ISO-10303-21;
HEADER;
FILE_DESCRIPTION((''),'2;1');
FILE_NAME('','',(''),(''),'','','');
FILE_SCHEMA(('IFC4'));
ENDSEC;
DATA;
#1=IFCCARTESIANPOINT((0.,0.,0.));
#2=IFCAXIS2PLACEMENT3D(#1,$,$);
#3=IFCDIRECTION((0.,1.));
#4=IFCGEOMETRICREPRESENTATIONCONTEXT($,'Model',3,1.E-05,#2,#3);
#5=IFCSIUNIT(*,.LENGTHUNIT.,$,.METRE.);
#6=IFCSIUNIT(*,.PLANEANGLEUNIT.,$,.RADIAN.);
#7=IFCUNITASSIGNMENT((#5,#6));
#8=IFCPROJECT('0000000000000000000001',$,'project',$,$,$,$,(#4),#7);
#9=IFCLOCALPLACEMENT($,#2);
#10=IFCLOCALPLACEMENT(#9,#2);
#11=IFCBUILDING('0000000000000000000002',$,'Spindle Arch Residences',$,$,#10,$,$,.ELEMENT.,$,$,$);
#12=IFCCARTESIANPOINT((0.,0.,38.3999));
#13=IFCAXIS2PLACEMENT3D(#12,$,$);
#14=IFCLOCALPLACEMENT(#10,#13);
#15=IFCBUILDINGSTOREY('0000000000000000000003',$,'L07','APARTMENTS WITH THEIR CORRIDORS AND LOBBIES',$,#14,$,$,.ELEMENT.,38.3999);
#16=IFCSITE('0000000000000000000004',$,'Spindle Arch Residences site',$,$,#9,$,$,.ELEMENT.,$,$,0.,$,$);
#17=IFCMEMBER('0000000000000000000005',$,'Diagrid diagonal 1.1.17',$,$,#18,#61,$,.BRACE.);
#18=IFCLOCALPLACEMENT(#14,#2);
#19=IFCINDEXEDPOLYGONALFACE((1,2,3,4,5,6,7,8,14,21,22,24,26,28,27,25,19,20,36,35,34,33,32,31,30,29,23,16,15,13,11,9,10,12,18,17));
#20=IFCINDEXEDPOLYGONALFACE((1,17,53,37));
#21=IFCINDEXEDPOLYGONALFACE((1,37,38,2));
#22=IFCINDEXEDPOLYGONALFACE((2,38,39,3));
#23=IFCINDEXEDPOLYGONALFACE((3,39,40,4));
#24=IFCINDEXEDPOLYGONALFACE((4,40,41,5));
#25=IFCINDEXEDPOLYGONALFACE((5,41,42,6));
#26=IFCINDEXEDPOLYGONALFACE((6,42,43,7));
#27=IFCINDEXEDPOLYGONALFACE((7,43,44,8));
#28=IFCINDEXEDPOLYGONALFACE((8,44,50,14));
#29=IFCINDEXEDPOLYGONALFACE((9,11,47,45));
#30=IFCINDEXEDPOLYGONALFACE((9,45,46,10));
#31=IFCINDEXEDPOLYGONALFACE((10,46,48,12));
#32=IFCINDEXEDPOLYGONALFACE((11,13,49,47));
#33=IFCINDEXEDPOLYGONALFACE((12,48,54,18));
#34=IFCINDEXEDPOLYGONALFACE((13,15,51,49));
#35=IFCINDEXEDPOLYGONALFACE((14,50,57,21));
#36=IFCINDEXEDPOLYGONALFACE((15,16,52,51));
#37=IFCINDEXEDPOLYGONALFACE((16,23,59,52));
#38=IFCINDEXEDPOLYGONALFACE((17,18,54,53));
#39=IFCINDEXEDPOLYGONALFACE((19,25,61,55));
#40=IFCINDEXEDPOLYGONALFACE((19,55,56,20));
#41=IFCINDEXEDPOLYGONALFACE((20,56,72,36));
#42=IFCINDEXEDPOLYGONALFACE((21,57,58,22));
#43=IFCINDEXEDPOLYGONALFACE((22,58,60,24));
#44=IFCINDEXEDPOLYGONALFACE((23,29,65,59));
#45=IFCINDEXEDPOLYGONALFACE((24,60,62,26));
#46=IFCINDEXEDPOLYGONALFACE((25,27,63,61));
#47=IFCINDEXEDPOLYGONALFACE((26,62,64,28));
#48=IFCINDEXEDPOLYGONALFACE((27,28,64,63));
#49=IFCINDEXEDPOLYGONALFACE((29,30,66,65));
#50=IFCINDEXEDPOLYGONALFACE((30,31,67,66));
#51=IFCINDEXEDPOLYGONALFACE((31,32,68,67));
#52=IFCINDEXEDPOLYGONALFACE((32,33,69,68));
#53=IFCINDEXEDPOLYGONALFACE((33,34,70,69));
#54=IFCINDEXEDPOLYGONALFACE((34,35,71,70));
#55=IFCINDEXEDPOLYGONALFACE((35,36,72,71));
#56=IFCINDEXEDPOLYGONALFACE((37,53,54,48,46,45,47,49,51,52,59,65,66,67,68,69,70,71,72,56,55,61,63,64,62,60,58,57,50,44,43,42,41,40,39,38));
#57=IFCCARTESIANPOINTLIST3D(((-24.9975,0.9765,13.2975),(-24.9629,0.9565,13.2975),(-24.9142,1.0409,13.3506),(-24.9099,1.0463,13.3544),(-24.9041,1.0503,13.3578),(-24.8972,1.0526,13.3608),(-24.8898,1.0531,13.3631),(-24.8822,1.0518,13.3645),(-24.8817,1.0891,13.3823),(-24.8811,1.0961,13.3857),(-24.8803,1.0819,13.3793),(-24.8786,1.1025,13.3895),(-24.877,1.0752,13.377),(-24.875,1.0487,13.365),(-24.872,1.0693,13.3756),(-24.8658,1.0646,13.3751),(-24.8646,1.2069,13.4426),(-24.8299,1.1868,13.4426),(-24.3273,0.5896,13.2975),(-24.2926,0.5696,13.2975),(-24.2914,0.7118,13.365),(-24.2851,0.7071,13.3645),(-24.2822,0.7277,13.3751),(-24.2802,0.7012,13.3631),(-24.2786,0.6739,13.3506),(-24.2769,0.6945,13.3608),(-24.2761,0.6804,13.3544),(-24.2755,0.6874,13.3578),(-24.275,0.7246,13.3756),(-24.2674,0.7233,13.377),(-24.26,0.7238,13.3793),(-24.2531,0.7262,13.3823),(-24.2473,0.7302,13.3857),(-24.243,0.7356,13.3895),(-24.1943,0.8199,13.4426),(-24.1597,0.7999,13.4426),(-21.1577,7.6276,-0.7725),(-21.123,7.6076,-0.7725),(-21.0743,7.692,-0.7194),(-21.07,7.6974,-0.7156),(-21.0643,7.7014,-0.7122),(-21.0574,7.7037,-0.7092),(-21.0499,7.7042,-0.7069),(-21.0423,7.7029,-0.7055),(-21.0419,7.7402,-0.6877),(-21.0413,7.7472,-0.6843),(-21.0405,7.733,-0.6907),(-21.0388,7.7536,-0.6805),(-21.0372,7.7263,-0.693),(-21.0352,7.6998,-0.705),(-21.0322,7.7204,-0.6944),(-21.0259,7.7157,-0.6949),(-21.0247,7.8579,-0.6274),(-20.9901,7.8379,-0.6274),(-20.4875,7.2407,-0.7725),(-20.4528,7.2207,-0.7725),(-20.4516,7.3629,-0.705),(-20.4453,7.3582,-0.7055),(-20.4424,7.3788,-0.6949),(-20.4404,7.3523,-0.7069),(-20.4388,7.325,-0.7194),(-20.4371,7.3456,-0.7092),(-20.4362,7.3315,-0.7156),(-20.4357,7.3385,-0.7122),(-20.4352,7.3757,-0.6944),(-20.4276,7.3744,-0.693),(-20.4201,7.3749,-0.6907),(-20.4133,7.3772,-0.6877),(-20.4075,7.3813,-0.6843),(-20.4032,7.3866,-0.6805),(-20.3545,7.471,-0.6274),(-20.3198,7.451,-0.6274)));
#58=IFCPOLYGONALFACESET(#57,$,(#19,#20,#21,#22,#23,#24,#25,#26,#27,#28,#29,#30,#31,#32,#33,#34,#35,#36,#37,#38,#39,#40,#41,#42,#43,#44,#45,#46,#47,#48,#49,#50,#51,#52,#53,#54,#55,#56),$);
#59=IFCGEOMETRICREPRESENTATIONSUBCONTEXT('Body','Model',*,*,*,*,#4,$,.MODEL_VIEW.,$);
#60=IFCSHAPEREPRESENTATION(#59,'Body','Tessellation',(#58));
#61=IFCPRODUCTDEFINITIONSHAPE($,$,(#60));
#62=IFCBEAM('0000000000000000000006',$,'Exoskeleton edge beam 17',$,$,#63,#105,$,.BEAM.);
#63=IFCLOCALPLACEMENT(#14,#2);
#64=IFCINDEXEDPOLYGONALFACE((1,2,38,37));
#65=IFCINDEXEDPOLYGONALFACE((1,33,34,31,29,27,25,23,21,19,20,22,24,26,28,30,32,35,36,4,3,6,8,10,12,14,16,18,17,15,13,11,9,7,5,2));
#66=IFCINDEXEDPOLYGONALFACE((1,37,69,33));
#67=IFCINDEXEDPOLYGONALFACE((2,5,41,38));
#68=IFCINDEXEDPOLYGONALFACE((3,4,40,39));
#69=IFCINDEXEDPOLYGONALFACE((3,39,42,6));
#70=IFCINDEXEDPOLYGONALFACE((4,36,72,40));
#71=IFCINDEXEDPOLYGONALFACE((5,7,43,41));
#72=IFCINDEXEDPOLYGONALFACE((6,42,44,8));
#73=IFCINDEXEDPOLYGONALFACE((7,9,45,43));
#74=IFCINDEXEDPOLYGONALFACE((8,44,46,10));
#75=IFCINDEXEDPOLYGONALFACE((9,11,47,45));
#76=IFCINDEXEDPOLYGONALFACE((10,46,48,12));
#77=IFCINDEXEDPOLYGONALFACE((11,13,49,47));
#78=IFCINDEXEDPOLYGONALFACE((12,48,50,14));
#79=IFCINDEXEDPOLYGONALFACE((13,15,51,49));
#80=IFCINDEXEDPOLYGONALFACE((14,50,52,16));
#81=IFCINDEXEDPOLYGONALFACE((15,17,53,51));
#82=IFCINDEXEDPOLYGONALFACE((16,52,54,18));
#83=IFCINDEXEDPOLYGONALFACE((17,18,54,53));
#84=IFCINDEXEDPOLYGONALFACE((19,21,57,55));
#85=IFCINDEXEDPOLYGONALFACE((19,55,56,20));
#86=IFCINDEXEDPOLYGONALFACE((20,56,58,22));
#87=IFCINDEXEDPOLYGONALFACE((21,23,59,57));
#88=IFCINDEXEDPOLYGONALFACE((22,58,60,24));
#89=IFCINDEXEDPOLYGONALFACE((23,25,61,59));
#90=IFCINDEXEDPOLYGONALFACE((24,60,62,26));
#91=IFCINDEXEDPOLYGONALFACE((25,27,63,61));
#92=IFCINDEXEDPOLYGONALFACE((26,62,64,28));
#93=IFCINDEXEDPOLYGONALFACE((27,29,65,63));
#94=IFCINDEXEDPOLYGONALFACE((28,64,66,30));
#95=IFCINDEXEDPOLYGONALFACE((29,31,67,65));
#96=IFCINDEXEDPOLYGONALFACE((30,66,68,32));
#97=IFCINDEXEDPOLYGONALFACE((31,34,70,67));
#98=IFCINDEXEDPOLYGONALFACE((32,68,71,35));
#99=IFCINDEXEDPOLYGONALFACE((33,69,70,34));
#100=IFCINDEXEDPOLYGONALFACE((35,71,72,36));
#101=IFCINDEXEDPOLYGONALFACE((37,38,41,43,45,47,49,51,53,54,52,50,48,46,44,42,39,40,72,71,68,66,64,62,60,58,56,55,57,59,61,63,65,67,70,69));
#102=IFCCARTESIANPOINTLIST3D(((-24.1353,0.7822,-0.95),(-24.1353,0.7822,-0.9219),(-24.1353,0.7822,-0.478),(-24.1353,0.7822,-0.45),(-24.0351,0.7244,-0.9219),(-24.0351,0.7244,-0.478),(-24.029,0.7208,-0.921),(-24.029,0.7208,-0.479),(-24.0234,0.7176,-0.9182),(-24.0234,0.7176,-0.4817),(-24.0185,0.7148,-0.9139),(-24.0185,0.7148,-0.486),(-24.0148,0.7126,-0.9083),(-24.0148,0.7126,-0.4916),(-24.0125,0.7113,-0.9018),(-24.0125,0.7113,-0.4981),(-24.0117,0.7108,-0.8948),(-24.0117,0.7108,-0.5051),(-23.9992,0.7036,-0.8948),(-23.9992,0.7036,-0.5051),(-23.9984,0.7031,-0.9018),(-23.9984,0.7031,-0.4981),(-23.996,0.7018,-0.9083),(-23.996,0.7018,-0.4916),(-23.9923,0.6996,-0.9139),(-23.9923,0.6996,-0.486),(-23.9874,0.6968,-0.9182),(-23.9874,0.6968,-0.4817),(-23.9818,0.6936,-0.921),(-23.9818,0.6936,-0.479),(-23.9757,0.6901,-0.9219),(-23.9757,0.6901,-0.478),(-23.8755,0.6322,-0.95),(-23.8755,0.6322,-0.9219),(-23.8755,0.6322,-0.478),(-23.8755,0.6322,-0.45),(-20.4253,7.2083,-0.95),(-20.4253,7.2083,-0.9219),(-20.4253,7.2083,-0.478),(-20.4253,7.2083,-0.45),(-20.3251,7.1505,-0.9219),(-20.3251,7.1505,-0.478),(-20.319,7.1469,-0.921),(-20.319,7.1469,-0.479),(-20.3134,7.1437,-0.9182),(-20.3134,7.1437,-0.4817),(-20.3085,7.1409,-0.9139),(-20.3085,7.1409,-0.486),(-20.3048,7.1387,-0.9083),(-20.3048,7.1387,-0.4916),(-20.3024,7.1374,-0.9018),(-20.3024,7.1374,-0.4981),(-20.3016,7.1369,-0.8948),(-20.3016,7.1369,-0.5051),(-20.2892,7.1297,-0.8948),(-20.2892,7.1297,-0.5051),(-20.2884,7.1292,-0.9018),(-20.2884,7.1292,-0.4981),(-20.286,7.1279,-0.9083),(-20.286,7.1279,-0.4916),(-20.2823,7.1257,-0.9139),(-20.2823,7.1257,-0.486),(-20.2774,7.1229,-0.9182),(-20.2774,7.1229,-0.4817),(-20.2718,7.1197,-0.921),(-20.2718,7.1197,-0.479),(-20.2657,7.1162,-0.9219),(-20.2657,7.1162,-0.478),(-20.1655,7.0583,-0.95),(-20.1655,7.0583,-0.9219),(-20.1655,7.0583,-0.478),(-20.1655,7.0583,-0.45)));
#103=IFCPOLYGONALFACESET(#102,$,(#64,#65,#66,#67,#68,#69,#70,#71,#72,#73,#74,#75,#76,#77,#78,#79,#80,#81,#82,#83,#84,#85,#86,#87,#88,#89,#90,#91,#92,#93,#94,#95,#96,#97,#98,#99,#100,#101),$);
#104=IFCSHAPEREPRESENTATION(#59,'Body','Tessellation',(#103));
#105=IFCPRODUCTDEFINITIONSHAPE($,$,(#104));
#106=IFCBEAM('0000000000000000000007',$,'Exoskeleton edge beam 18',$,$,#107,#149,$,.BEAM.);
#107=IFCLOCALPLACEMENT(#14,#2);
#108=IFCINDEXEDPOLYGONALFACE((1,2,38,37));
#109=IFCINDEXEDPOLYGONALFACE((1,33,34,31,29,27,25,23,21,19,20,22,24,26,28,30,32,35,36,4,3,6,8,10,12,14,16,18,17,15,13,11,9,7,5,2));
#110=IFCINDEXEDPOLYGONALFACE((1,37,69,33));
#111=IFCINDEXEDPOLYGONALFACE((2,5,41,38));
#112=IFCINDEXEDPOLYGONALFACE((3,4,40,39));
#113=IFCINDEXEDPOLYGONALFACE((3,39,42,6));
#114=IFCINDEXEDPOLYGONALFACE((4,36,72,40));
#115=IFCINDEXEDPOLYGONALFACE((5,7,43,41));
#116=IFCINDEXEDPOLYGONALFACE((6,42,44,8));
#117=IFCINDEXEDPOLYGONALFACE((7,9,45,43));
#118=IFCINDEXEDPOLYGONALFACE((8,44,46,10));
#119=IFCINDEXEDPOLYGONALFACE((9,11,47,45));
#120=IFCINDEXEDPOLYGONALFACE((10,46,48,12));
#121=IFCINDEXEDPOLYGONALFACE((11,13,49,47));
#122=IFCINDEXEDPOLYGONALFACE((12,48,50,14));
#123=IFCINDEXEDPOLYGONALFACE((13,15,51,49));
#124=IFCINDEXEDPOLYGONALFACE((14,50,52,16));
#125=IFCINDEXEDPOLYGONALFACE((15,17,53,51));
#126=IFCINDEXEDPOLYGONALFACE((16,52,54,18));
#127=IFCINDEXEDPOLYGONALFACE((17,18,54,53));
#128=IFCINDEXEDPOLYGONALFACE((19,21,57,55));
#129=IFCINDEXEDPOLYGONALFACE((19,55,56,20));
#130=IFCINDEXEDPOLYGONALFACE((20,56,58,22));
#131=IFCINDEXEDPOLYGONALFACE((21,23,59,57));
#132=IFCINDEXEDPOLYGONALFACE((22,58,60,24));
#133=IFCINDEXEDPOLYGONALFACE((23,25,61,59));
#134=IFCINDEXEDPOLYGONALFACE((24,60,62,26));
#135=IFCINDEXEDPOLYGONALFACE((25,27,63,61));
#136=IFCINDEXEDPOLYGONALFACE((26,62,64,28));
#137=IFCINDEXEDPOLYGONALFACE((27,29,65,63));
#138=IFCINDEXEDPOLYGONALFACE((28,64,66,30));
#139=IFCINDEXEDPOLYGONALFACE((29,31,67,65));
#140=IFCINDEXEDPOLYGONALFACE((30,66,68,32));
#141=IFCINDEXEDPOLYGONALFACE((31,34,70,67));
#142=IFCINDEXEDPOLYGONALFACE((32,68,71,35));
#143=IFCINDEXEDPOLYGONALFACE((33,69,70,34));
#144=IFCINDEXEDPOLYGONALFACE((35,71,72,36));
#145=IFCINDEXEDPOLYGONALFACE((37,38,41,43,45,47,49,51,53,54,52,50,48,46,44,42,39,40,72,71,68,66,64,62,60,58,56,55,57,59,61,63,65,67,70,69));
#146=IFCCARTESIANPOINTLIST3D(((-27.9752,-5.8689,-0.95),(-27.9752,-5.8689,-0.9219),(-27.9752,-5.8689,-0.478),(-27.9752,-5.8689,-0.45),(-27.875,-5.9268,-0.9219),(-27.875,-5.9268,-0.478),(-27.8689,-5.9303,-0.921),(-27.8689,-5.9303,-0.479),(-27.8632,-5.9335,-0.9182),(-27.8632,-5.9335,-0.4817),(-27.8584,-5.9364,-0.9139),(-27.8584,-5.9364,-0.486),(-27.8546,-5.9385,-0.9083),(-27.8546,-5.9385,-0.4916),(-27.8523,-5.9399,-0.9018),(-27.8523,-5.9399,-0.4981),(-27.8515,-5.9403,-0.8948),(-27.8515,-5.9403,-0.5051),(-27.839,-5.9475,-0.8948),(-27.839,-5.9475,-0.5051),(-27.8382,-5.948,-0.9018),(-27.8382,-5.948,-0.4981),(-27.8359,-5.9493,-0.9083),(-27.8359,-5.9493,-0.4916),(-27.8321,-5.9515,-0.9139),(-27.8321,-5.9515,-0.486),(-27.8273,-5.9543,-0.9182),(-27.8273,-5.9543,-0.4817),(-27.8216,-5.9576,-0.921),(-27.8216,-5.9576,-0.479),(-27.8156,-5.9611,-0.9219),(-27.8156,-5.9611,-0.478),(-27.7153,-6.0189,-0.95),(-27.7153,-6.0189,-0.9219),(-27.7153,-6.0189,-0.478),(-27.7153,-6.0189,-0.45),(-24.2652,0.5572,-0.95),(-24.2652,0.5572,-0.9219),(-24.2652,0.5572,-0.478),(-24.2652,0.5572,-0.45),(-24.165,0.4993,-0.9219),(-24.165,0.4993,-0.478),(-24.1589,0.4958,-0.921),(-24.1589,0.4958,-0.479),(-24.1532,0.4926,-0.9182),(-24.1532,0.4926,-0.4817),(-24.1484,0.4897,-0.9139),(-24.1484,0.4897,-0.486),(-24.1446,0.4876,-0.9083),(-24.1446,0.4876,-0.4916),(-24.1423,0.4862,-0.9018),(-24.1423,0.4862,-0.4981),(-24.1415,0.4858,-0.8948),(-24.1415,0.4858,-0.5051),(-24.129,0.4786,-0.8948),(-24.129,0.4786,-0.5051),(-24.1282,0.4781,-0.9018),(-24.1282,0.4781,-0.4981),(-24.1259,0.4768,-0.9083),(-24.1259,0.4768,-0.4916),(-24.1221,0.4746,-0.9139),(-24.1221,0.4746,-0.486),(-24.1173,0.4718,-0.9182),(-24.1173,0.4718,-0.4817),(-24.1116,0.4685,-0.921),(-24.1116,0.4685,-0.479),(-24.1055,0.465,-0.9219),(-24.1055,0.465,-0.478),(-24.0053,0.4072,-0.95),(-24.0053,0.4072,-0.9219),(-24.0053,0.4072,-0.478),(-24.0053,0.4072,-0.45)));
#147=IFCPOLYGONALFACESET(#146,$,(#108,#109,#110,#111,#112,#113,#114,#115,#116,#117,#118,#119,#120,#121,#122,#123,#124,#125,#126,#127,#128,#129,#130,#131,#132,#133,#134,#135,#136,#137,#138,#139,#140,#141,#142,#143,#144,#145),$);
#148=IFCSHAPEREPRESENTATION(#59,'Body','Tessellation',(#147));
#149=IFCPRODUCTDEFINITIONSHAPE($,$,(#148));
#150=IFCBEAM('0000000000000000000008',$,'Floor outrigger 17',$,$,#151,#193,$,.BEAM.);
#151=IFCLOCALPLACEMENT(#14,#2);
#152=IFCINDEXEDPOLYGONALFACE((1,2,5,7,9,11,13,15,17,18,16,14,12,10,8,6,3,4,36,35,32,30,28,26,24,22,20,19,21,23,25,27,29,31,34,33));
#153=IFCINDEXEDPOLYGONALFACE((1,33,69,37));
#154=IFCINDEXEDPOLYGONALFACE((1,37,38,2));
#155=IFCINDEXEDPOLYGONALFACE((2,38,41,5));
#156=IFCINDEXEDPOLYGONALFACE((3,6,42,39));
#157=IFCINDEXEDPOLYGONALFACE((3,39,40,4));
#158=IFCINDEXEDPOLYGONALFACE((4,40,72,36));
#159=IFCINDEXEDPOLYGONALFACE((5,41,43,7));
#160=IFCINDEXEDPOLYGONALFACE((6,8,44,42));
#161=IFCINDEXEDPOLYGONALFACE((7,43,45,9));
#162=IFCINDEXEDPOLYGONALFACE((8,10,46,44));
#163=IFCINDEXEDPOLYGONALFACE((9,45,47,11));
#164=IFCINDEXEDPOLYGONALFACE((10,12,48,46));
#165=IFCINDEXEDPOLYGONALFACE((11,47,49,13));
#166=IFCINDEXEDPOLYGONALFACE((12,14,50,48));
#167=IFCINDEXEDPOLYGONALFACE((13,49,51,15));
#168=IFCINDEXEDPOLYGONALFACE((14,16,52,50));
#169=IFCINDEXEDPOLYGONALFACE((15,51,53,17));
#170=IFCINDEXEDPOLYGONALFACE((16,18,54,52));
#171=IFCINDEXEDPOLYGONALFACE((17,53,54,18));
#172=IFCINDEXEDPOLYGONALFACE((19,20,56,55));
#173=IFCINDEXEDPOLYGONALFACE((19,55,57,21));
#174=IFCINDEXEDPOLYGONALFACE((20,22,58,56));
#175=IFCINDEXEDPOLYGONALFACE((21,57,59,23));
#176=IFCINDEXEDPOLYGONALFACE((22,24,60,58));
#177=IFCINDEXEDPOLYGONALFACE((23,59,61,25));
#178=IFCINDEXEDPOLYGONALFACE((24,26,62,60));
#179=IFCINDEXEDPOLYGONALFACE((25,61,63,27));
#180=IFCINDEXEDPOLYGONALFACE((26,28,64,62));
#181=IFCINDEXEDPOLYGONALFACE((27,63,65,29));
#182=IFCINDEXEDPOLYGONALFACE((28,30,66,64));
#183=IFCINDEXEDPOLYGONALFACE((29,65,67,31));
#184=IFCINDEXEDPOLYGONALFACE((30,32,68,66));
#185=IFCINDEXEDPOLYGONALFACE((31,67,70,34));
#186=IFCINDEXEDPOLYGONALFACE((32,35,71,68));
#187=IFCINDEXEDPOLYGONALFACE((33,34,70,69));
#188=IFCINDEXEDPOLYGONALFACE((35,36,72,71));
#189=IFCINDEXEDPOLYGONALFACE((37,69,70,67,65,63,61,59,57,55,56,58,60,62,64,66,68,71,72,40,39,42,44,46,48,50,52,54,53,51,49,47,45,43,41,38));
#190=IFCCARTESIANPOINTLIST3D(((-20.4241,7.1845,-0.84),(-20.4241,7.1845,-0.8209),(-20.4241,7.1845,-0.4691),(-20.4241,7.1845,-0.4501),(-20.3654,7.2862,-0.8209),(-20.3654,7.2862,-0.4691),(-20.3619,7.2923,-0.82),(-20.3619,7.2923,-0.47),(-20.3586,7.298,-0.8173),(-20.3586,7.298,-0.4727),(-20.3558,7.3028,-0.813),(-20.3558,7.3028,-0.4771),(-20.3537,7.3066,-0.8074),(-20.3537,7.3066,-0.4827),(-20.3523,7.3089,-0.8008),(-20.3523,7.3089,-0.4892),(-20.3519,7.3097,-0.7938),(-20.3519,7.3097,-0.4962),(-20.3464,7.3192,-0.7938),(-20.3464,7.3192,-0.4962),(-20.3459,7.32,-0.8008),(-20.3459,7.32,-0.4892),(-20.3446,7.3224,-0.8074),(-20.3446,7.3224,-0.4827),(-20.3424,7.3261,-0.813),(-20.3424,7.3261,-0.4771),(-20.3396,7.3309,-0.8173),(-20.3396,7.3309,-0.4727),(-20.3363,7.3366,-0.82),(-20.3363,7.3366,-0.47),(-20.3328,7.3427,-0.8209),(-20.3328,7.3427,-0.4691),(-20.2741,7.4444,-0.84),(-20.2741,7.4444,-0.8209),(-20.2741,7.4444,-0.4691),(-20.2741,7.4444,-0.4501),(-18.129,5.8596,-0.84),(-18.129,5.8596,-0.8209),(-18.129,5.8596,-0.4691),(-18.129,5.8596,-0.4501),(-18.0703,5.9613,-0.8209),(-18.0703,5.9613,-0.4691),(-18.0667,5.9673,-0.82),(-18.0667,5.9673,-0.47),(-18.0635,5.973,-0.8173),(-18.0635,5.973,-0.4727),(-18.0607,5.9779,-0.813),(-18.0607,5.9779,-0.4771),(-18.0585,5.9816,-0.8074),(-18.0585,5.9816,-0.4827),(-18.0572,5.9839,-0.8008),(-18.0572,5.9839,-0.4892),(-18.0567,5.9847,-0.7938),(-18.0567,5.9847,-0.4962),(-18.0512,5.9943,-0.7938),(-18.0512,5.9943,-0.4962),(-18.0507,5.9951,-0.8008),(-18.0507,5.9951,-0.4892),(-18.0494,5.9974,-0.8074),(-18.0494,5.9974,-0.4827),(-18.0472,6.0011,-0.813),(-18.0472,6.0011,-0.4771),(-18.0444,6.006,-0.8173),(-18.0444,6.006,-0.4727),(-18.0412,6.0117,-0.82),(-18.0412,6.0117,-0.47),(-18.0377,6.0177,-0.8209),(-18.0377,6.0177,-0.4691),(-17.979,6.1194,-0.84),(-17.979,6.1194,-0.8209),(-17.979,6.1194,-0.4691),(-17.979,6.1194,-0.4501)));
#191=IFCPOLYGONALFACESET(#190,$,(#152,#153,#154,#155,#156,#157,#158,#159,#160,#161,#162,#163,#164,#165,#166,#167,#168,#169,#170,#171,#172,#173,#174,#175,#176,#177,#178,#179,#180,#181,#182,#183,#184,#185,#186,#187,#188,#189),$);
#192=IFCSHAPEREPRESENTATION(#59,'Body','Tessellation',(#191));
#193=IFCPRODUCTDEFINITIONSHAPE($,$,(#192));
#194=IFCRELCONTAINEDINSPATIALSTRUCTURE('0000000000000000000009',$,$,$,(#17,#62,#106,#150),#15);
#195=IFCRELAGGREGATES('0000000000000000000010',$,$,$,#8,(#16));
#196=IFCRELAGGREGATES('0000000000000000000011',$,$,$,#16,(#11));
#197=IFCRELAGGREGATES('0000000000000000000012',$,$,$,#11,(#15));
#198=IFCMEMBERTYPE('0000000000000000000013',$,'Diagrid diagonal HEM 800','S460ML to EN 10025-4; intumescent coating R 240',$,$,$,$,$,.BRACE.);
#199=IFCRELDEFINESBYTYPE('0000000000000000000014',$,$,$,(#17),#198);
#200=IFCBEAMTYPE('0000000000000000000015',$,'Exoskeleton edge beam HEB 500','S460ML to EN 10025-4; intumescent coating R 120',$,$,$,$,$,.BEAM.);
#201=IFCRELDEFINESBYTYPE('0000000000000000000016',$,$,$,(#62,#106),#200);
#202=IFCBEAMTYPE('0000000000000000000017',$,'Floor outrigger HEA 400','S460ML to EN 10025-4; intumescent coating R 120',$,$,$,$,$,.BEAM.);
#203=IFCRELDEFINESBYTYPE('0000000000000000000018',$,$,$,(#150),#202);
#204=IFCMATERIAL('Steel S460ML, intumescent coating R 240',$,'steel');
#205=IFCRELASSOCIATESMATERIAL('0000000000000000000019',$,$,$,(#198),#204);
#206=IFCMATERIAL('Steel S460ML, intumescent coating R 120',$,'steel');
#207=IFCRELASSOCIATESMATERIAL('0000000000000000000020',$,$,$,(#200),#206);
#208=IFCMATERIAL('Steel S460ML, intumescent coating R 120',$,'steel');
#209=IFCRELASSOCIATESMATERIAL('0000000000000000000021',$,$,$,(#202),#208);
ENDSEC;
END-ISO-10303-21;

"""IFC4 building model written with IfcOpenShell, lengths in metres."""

from ifc_helpers import new_model, si_unit, direction, frame, origin, origin_2d, place, context, subcontext, project, spatial, i_section, extrude, material, material_profile, profile_set, type_object, element, save


model = new_model("IFC4")

# Units and contexts
model_context = context("Model", 3, precision=1e-05, world=origin(), true_north=direction((0.0, 1.0)))
body_context = subcontext(model_context, "Body", "Model", "MODEL_VIEW")
ifc_project = project(units=[si_unit("LENGTHUNIT", "METRE"), si_unit("PLANEANGLEUNIT", "RADIAN")], contexts=[model_context])

# Site, building, storey
site_placement = place(None, origin())
site = spatial("IfcSite", under=ifc_project, at=site_placement, Name="Spindle Arch Residences site", CompositionType="ELEMENT", RefElevation=0.0)
building_placement = place(site_placement, origin())
building = spatial("IfcBuilding", under=site, at=building_placement, Name="Spindle Arch Residences", CompositionType="ELEMENT")
storey_placement = place(building_placement, frame((0.0, 0.0, 38.3999)))
storey = spatial("IfcBuildingStorey", under=building, at=storey_placement, Name="L07", Description="APARTMENTS WITH THEIR CORRIDORS AND LOBBIES", CompositionType="ELEMENT", Elevation=38.3999)

# Member
ifc_material_1 = material(Name="Steel S460ML, intumescent coating R 240", Category="steel")
ifc_material_profile_1 = material_profile(ifc_material_1, i_section(OverallWidth=0.303, OverallDepth=0.814, WebThickness=0.021, FlangeThickness=0.04, FilletRadius=0.03, at=origin_2d()), Name="HEM 800")
ifc_profile_set_1 = profile_set([ifc_material_profile_1], Name="Steel S460ML, intumescent coating R 240")
member_type_1 = type_object("IfcMemberType", Name="Diagrid diagonal HEM 800", Description="S460ML to EN 10025-4; intumescent coating R 240", PredefinedType="BRACE", material=ifc_profile_set_1)
member_1_placement = place(storey_placement, frame((-20.7388, 7.5393, -0.7), z_axis=(-0.239547, -0.414927, 0.877754), x_axis=(0.438861, 0.760167, 0.479111)))
element("IfcMember", 1, at=member_1_placement, inside=storey, type_object=member_type_1, Name="Diagrid diagonal 1.1.17", PredefinedType="BRACE", context=body_context, shape_type="SweptSolid", body=[
    extrude(i_section(OverallWidth=0.303, OverallDepth=0.814, WebThickness=0.021, FlangeThickness=0.04, FilletRadius=0.03, at=origin_2d()), origin(), (0.0, 0.0, 1.0), 16.0295),
])

# Beams
ifc_material_2 = material(Name="Steel S460ML, intumescent coating R 120", Category="steel")
ifc_material_profile_2 = material_profile(ifc_material_2, i_section(OverallWidth=0.3, OverallDepth=0.5, WebThickness=0.0144, FlangeThickness=0.0281, FilletRadius=0.0271, at=origin_2d()), Name="HEB 500")
ifc_profile_set_2 = profile_set([ifc_material_profile_2], Name="Steel S460ML, intumescent coating R 120")
beam_type_1 = type_object("IfcBeamType", Name="Exoskeleton edge beam HEB 500", Description="S460ML to EN 10025-4; intumescent coating R 120", PredefinedType="BEAM", material=ifc_profile_set_2)
for number, where, z_axis, x_axis, name in (
    (2, (-20.2954, 7.1333, -0.7), (-0.499989, -0.866032, 0.0), (0.866032, -0.499989, 0.0), "Exoskeleton edge beam 17"),
    (3, (-24.1353, 0.4822, -0.7), (-0.499989, -0.866032, 0.0), (0.866032, -0.499989, 0.0), "Exoskeleton edge beam 18"),
):
    element("IfcBeam", number, at=place(storey_placement, frame(where, z_axis=z_axis, x_axis=x_axis)), inside=storey, type_object=beam_type_1, Name=name, PredefinedType="BEAM", context=body_context, shape_type="SweptSolid", body=[
        extrude(i_section(OverallWidth=0.3, OverallDepth=0.5, WebThickness=0.0144, FlangeThickness=0.0281, FilletRadius=0.0271, at=origin_2d()), origin(), (0.0, 0.0, 1.0), 7.4202),
    ])
ifc_material_3 = material(Name="Steel S460ML, intumescent coating R 120", Category="steel")
ifc_material_profile_3 = material_profile(ifc_material_3, i_section(OverallWidth=0.3, OverallDepth=0.3899, WebThickness=0.011, FlangeThickness=0.019, FilletRadius=0.0271, at=origin_2d()), Name="HEA 400")
ifc_profile_set_3 = profile_set([ifc_material_profile_3], Name="Steel S460ML, intumescent coating R 120")
beam_type_2 = type_object("IfcBeamType", Name="Floor outrigger HEA 400", Description="S460ML to EN 10025-4; intumescent coating R 120", PredefinedType="BEAM", material=ifc_profile_set_3)
beam_1_placement = place(storey_placement, frame((-20.3491, 7.3145, -0.645), z_axis=(0.866052, -0.499954, 0.0), x_axis=(0.499954, 0.866052, 0.0)))
element("IfcBeam", 4, at=beam_1_placement, inside=storey, type_object=beam_type_2, Name="Floor outrigger 17", PredefinedType="BEAM", context=body_context, shape_type="SweptSolid", body=[
    extrude(i_section(OverallWidth=0.3, OverallDepth=0.3899, WebThickness=0.011, FlangeThickness=0.019, FilletRadius=0.0271, at=origin_2d()), origin(), (0.0, 0.0, 1.0), 2.6501),
])

save(model, "model.ifc")
